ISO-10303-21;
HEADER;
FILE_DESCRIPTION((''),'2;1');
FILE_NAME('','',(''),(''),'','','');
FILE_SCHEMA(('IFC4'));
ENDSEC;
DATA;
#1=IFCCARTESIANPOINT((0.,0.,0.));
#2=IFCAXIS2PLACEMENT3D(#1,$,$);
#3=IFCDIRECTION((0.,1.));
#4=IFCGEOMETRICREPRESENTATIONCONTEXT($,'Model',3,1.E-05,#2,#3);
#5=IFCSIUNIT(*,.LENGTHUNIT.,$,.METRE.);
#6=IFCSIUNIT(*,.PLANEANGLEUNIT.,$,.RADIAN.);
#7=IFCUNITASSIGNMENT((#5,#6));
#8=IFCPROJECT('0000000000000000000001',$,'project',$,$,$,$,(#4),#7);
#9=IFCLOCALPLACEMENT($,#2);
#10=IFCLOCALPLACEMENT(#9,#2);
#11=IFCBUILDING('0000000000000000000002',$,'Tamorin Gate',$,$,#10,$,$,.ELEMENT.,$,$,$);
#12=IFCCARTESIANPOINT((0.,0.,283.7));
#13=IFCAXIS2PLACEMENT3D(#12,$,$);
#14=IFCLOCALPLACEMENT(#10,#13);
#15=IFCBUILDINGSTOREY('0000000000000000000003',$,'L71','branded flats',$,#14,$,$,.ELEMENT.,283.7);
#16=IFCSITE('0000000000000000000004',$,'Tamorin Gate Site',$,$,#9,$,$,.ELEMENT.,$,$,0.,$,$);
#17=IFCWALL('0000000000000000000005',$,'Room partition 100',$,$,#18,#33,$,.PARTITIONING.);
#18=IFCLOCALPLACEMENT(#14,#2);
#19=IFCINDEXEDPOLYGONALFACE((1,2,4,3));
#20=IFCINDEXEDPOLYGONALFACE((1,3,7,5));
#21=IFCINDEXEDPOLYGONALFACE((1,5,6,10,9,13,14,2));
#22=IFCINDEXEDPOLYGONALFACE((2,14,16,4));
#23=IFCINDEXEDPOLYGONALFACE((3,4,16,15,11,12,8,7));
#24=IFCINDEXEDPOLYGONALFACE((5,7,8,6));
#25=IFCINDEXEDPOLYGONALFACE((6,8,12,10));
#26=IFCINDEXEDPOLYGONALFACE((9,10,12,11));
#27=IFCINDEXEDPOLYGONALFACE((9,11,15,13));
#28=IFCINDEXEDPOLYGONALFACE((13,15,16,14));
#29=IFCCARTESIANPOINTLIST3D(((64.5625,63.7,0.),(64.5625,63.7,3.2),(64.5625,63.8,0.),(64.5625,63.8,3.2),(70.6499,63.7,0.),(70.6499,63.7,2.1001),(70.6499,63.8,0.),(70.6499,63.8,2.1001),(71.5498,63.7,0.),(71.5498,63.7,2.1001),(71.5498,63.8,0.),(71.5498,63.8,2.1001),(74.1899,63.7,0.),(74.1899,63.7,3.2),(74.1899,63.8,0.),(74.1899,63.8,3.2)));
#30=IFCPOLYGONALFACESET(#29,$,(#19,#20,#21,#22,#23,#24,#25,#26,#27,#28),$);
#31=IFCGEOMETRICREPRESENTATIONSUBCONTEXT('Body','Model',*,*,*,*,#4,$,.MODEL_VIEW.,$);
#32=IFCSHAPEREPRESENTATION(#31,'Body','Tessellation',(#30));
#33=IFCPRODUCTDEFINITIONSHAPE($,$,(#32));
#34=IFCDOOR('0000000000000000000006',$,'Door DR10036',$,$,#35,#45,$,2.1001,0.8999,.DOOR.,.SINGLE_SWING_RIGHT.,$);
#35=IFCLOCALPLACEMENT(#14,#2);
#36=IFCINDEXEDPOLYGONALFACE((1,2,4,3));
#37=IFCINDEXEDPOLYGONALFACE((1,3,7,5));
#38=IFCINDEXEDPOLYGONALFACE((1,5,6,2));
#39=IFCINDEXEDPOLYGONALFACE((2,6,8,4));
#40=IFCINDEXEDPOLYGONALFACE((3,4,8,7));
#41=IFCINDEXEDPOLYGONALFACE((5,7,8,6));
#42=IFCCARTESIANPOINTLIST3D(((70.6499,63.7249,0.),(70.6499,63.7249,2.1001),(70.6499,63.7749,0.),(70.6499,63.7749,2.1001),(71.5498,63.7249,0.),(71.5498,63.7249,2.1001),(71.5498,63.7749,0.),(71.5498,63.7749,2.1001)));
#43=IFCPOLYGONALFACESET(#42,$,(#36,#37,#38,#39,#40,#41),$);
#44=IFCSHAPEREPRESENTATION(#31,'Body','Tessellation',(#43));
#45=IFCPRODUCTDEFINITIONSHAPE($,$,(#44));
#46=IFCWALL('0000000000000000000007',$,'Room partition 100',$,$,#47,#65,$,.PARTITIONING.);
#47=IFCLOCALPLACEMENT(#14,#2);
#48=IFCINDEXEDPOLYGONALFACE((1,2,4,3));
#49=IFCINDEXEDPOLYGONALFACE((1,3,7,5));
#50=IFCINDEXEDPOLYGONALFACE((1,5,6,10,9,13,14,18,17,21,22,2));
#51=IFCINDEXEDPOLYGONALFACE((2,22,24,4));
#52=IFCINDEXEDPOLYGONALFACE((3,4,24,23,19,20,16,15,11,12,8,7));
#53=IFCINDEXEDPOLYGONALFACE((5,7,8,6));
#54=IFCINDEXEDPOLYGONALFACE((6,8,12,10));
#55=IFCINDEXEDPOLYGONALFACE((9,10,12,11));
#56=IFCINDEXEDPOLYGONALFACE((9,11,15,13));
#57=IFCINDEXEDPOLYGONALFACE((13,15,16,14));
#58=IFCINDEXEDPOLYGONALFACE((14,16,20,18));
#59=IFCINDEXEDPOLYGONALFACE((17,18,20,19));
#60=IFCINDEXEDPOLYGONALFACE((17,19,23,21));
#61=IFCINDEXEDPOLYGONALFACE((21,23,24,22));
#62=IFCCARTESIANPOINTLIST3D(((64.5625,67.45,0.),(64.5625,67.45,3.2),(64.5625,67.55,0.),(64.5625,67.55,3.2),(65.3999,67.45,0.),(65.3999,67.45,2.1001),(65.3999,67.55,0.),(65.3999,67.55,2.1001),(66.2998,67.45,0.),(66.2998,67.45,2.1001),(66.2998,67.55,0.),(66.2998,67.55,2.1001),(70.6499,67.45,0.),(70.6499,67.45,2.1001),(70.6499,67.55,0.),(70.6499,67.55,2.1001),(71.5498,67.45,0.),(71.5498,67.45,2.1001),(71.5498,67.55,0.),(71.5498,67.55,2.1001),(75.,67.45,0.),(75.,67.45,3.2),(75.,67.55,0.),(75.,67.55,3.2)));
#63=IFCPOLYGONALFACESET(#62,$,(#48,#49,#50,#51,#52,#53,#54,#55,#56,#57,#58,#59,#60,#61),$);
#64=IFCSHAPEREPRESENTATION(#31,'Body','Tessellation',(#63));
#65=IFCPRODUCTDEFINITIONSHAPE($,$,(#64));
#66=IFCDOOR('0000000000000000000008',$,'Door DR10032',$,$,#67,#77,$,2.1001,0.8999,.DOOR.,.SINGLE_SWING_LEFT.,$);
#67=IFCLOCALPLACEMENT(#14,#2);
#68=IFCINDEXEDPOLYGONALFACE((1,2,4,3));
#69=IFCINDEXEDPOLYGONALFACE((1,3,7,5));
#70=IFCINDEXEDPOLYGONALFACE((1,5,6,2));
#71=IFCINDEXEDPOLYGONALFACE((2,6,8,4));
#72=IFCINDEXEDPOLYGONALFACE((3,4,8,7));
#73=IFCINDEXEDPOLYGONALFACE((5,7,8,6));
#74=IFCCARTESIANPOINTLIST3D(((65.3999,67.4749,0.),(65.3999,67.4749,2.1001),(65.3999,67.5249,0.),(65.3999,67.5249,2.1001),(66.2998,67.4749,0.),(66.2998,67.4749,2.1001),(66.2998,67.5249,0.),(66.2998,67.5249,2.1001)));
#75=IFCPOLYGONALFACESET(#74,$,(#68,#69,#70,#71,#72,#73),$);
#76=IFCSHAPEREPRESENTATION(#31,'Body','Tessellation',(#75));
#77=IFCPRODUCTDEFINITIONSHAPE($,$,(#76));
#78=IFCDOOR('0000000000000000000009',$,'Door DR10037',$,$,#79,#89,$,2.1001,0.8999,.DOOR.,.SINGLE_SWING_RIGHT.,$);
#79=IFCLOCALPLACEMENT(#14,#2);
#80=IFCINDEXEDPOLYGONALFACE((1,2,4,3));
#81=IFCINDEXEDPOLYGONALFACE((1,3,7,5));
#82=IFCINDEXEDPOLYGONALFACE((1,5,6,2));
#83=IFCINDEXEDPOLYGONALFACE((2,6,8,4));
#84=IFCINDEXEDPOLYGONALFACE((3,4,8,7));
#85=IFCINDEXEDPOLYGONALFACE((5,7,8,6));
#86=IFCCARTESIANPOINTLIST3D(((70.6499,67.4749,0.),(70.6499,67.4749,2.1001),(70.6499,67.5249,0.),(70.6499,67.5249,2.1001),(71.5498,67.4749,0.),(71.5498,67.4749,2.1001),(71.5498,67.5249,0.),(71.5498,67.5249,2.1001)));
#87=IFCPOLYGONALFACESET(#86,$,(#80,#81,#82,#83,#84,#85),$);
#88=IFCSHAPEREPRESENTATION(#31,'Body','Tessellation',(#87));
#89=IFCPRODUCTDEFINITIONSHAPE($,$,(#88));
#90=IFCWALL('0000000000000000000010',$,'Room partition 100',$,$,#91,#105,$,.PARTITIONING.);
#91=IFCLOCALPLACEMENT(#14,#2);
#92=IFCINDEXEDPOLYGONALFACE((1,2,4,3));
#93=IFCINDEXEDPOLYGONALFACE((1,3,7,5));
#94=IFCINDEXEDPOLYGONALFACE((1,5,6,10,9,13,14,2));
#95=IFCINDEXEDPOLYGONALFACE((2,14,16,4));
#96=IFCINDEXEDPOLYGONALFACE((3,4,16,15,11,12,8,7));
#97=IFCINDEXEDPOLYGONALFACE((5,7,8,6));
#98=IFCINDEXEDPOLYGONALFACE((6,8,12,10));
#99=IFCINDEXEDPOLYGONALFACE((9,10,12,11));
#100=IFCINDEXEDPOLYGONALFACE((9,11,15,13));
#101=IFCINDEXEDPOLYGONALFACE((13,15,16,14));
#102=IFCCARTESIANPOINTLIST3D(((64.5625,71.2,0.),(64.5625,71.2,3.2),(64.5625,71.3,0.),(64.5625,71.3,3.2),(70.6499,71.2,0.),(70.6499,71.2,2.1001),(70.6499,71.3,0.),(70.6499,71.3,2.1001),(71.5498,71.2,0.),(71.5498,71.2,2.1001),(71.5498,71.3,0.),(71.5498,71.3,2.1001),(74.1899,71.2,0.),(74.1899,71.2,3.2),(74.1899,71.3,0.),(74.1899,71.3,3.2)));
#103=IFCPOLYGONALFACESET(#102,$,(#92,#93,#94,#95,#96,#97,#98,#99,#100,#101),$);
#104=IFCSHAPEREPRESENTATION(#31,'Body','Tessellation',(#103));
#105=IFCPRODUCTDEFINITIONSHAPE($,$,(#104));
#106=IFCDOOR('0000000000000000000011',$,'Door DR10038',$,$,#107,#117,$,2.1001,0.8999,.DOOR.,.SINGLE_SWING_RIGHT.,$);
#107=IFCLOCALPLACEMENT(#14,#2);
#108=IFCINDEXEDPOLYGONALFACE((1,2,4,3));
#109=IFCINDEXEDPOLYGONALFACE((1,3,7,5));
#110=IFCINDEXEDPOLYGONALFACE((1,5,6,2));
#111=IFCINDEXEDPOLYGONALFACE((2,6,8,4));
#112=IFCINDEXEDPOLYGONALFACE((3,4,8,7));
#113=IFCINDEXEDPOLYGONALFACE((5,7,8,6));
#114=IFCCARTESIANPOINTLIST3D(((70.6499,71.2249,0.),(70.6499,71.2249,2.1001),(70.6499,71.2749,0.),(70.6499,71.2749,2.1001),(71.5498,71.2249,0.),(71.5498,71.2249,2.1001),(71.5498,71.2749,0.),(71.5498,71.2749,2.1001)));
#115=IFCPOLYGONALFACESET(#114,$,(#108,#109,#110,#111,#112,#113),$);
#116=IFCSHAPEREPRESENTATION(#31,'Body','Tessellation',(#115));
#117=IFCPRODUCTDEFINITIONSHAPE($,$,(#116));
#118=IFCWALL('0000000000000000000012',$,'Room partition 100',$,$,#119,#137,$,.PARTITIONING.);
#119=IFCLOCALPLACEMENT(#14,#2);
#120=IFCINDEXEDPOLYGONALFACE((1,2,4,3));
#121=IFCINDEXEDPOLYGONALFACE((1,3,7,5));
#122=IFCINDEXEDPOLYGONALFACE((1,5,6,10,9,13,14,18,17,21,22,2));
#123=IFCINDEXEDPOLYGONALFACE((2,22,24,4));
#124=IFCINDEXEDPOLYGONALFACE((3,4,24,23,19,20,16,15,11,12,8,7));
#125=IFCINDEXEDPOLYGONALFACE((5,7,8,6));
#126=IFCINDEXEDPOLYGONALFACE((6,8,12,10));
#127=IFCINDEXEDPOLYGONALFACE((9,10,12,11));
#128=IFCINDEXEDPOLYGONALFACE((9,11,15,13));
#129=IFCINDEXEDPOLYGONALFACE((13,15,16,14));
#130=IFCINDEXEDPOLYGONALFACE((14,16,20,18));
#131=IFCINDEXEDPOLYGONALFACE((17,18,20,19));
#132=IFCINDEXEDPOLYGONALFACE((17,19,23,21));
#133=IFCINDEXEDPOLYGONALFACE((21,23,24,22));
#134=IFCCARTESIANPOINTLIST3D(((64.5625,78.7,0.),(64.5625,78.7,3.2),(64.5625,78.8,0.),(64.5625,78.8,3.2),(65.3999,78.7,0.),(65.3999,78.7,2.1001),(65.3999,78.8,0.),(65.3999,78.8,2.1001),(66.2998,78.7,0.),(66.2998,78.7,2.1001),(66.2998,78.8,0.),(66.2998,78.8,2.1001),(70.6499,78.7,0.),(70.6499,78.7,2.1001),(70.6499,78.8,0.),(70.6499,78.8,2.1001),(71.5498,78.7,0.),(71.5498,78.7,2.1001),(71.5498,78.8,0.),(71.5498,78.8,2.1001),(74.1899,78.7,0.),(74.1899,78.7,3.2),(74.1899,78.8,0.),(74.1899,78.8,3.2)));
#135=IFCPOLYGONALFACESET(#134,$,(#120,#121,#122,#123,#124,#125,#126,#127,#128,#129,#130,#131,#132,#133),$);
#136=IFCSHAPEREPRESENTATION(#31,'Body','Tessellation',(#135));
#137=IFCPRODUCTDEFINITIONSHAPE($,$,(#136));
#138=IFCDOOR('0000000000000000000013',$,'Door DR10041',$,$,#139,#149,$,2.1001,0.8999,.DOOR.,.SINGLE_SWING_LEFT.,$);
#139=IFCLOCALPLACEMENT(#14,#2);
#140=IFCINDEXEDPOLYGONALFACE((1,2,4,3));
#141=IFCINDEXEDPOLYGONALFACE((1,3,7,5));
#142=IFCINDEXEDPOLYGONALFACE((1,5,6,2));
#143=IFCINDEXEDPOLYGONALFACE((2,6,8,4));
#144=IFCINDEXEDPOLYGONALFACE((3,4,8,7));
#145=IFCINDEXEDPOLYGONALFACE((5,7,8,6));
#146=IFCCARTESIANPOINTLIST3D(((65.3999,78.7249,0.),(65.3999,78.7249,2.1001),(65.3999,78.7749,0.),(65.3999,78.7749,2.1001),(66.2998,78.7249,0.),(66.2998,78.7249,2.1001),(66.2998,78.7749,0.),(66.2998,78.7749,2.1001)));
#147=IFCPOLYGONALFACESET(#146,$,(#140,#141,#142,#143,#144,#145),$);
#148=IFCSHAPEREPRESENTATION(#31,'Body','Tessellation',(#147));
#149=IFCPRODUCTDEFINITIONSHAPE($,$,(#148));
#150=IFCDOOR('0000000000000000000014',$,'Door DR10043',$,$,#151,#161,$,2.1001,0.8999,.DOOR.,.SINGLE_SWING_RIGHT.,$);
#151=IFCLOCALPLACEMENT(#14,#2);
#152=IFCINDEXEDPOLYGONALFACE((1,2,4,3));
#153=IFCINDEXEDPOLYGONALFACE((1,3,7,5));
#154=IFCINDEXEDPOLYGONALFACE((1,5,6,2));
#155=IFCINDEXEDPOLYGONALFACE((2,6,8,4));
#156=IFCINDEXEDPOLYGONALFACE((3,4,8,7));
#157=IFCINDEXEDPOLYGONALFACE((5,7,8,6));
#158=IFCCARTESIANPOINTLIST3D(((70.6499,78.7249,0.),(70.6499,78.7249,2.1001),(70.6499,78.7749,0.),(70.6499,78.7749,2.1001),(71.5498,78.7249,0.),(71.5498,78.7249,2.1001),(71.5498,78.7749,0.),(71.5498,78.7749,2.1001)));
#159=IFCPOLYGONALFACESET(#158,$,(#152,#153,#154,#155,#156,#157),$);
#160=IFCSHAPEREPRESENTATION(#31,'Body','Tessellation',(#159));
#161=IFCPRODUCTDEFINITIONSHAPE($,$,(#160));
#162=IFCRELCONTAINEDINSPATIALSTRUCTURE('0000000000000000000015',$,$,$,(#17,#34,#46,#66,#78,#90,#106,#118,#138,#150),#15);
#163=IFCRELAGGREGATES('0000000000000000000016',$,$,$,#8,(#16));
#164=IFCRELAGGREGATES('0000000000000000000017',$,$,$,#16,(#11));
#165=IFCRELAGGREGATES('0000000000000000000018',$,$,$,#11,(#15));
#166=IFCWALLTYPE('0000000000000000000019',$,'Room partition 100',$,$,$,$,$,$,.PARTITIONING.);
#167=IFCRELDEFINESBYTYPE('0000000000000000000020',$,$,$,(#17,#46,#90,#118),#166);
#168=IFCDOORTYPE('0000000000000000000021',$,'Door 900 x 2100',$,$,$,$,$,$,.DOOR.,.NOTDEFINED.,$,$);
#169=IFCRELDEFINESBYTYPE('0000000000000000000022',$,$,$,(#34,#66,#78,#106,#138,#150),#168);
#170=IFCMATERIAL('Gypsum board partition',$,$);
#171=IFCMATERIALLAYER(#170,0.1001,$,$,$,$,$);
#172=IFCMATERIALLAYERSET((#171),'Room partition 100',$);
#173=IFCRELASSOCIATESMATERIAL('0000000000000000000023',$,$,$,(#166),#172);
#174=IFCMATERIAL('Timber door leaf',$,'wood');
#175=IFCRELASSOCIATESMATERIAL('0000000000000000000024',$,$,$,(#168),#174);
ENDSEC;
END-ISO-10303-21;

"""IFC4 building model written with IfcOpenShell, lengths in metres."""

from ifc_helpers import new_model, si_unit, direction, frame, frame_2d, origin, place, context, subcontext, project, spatial, rectangle, extrude, material, layer, layer_set, type_object, element, fill, save


model = new_model("IFC4")

# Units and contexts
model_context = context("Model", 3, precision=1e-05, world=origin(), true_north=direction((0.0, 1.0)))
body_context = subcontext(model_context, "Body", "Model", "MODEL_VIEW")
ifc_project = project(units=[si_unit("LENGTHUNIT", "METRE"), si_unit("PLANEANGLEUNIT", "RADIAN")], contexts=[model_context])

# Site, building, storey
site_placement = place(None, origin())
site = spatial("IfcSite", under=ifc_project, at=site_placement, Name="Tamorin Gate Site", CompositionType="ELEMENT", RefElevation=0.0)
building_placement = place(site_placement, origin())
building = spatial("IfcBuilding", under=site, at=building_placement, Name="Tamorin Gate", CompositionType="ELEMENT")
storey_placement = place(building_placement, frame((0.0, 0.0, 283.7)))
storey = spatial("IfcBuildingStorey", under=building, at=storey_placement, Name="L71", Description="branded flats", CompositionType="ELEMENT", Elevation=283.7)

# Wall, opening, door
ifc_material_1 = material(Name="Gypsum board partition")
ifc_layer_1 = layer(ifc_material_1, 0.1001)
ifc_layer_set_1 = layer_set([ifc_layer_1], Name="Room partition 100")
wall_type_1 = type_object("IfcWallType", Name="Room partition 100", PredefinedType="PARTITIONING", material=ifc_layer_set_1)
wall_1_placement = place(storey_placement, frame((64.5625, 63.75, 0.0), z_axis=(0.0, 0.0, 1.0), x_axis=(1.0, 0.0, 0.0)))
wall_1 = element("IfcWall", 1, at=wall_1_placement, inside=storey, type_object=wall_type_1, Name="Room partition 100", PredefinedType="PARTITIONING", context=body_context, shape_type="SweptSolid", body=[
    extrude(rectangle(XDim=9.6274, YDim=0.1001, at=frame_2d((4.8137, 0.0))), origin(), (0.0, 0.0, 1.0), 3.2),
])
opening_1_placement = place(wall_1_placement, frame((6.0874, 0.0, 0.0)))
opening_1 = element("IfcOpeningElement", 2, at=opening_1_placement, cuts=wall_1, PredefinedType="OPENING", context=body_context, shape_type="SweptSolid", body=[
    extrude(rectangle(XDim=0.8999, YDim=2.1001, at=frame_2d((0.45, 1.05))), frame((0.0, 0.0601, 0.0), z_axis=(0.0, -1.0, 0.0), x_axis=(1.0, 0.0, 0.0)), (0.0, 0.0, 1.0), 0.1201),
])
ifc_material_2 = material(Name="Timber door leaf", Category="wood")
door_type = type_object("IfcDoorType", Name="Door 900 x 2100", OperationType="NOTDEFINED", PredefinedType="DOOR", material=ifc_material_2)
door_1_placement = place(opening_1_placement, origin())
door_1 = element("IfcDoor", 3, at=door_1_placement, inside=storey, type_object=door_type, Name="Door DR10036", OperationType="SINGLE_SWING_RIGHT", OverallHeight=2.1001, OverallWidth=0.8999, PredefinedType="DOOR", context=body_context, shape_type="SweptSolid", body=[
    extrude(rectangle(XDim=0.8999, YDim=2.1001, at=frame_2d((0.45, 1.05))), frame((0.0, 0.0249, 0.0), z_axis=(0.0, -1.0, 0.0), x_axis=(1.0, 0.0, 0.0)), (0.0, 0.0, 1.0), 0.05),
])
fill(opening_1, door_1)

# Wall, openings, doors
wall_2_placement = place(storey_placement, frame((64.5625, 67.5, 0.0), z_axis=(0.0, 0.0, 1.0), x_axis=(1.0, 0.0, 0.0)))
wall_2 = element("IfcWall", 4, at=wall_2_placement, inside=storey, type_object=wall_type_1, Name="Room partition 100", PredefinedType="PARTITIONING", context=body_context, shape_type="SweptSolid", body=[
    extrude(rectangle(XDim=10.4375, YDim=0.1001, at=frame_2d((5.2188, 0.0))), origin(), (0.0, 0.0, 1.0), 3.2),
])
opening_2_placement = place(wall_2_placement, frame((0.8374, 0.0, 0.0)))
opening_2 = element("IfcOpeningElement", 5, at=opening_2_placement, cuts=wall_2, PredefinedType="OPENING", context=body_context, shape_type="SweptSolid", body=[
    extrude(rectangle(XDim=0.8999, YDim=2.1001, at=frame_2d((0.45, 1.05))), frame((0.0, 0.0601, 0.0), z_axis=(0.0, -1.0, 0.0), x_axis=(1.0, 0.0, 0.0)), (0.0, 0.0, 1.0), 0.1201),
])
opening_3_placement = place(wall_2_placement, frame((6.0874, 0.0, 0.0)))
opening_3 = element("IfcOpeningElement", 6, at=opening_3_placement, cuts=wall_2, PredefinedType="OPENING", context=body_context, shape_type="SweptSolid", body=[
    extrude(rectangle(XDim=0.8999, YDim=2.1001, at=frame_2d((0.45, 1.05))), frame((0.0, 0.0601, 0.0), z_axis=(0.0, -1.0, 0.0), x_axis=(1.0, 0.0, 0.0)), (0.0, 0.0, 1.0), 0.1201),
])
door_2_placement = place(opening_2_placement, origin())
door_2 = element("IfcDoor", 7, at=door_2_placement, inside=storey, type_object=door_type, Name="Door DR10032", OperationType="SINGLE_SWING_LEFT", OverallHeight=2.1001, OverallWidth=0.8999, PredefinedType="DOOR", context=body_context, shape_type="SweptSolid", body=[
    extrude(rectangle(XDim=0.8999, YDim=2.1001, at=frame_2d((0.45, 1.05))), frame((0.0, 0.0249, 0.0), z_axis=(0.0, -1.0, 0.0), x_axis=(1.0, 0.0, 0.0)), (0.0, 0.0, 1.0), 0.05),
])
fill(opening_2, door_2)
door_3_placement = place(opening_3_placement, origin())
door_3 = element("IfcDoor", 8, at=door_3_placement, inside=storey, type_object=door_type, Name="Door DR10037", OperationType="SINGLE_SWING_RIGHT", OverallHeight=2.1001, OverallWidth=0.8999, PredefinedType="DOOR", context=body_context, shape_type="SweptSolid", body=[
    extrude(rectangle(XDim=0.8999, YDim=2.1001, at=frame_2d((0.45, 1.05))), frame((0.0, 0.0249, 0.0), z_axis=(0.0, -1.0, 0.0), x_axis=(1.0, 0.0, 0.0)), (0.0, 0.0, 1.0), 0.05),
])
fill(opening_3, door_3)

# Wall, opening, door
wall_3_placement = place(storey_placement, frame((64.5625, 71.25, 0.0), z_axis=(0.0, 0.0, 1.0), x_axis=(1.0, 0.0, 0.0)))
wall_3 = element("IfcWall", 9, at=wall_3_placement, inside=storey, type_object=wall_type_1, Name="Room partition 100", PredefinedType="PARTITIONING", context=body_context, shape_type="SweptSolid", body=[
    extrude(rectangle(XDim=9.6274, YDim=0.1001, at=frame_2d((4.8137, 0.0))), origin(), (0.0, 0.0, 1.0), 3.2),
])
opening_4_placement = place(wall_3_placement, frame((6.0874, 0.0, 0.0)))
opening_4 = element("IfcOpeningElement", 10, at=opening_4_placement, cuts=wall_3, PredefinedType="OPENING", context=body_context, shape_type="SweptSolid", body=[
    extrude(rectangle(XDim=0.8999, YDim=2.1001, at=frame_2d((0.45, 1.05))), frame((0.0, 0.0601, 0.0), z_axis=(0.0, -1.0, 0.0), x_axis=(1.0, 0.0, 0.0)), (0.0, 0.0, 1.0), 0.1201),
])
door_4_placement = place(opening_4_placement, origin())
door_4 = element("IfcDoor", 11, at=door_4_placement, inside=storey, type_object=door_type, Name="Door DR10038", OperationType="SINGLE_SWING_RIGHT", OverallHeight=2.1001, OverallWidth=0.8999, PredefinedType="DOOR", context=body_context, shape_type="SweptSolid", body=[
    extrude(rectangle(XDim=0.8999, YDim=2.1001, at=frame_2d((0.45, 1.05))), frame((0.0, 0.0249, 0.0), z_axis=(0.0, -1.0, 0.0), x_axis=(1.0, 0.0, 0.0)), (0.0, 0.0, 1.0), 0.05),
])
fill(opening_4, door_4)

# Wall, openings, doors
wall_4_placement = place(storey_placement, frame((64.5625, 78.75, 0.0), z_axis=(0.0, 0.0, 1.0), x_axis=(1.0, 0.0, 0.0)))
wall_4 = element("IfcWall", 12, at=wall_4_placement, inside=storey, type_object=wall_type_1, Name="Room partition 100", PredefinedType="PARTITIONING", context=body_context, shape_type="SweptSolid", body=[
    extrude(rectangle(XDim=9.6274, YDim=0.1001, at=frame_2d((4.8137, 0.0))), origin(), (0.0, 0.0, 1.0), 3.2),
])
opening_5_placement = place(wall_4_placement, frame((0.8374, 0.0, 0.0)))
opening_5 = element("IfcOpeningElement", 13, at=opening_5_placement, cuts=wall_4, PredefinedType="OPENING", context=body_context, shape_type="SweptSolid", body=[
    extrude(rectangle(XDim=0.8999, YDim=2.1001, at=frame_2d((0.45, 1.05))), frame((0.0, 0.0601, 0.0), z_axis=(0.0, -1.0, 0.0), x_axis=(1.0, 0.0, 0.0)), (0.0, 0.0, 1.0), 0.1201),
])
opening_6_placement = place(wall_4_placement, frame((6.0874, 0.0, 0.0)))
opening_6 = element("IfcOpeningElement", 14, at=opening_6_placement, cuts=wall_4, PredefinedType="OPENING", context=body_context, shape_type="SweptSolid", body=[
    extrude(rectangle(XDim=0.8999, YDim=2.1001, at=frame_2d((0.45, 1.05))), frame((0.0, 0.0601, 0.0), z_axis=(0.0, -1.0, 0.0), x_axis=(1.0, 0.0, 0.0)), (0.0, 0.0, 1.0), 0.1201),
])
door_5_placement = place(opening_5_placement, origin())
door_5 = element("IfcDoor", 15, at=door_5_placement, inside=storey, type_object=door_type, Name="Door DR10041", OperationType="SINGLE_SWING_LEFT", OverallHeight=2.1001, OverallWidth=0.8999, PredefinedType="DOOR", context=body_context, shape_type="SweptSolid", body=[
    extrude(rectangle(XDim=0.8999, YDim=2.1001, at=frame_2d((0.45, 1.05))), frame((0.0, 0.0249, 0.0), z_axis=(0.0, -1.0, 0.0), x_axis=(1.0, 0.0, 0.0)), (0.0, 0.0, 1.0), 0.05),
])
fill(opening_5, door_5)
door_6_placement = place(opening_6_placement, origin())
door_6 = element("IfcDoor", 16, at=door_6_placement, inside=storey, type_object=door_type, Name="Door DR10043", OperationType="SINGLE_SWING_RIGHT", OverallHeight=2.1001, OverallWidth=0.8999, PredefinedType="DOOR", context=body_context, shape_type="SweptSolid", body=[
    extrude(rectangle(XDim=0.8999, YDim=2.1001, at=frame_2d((0.45, 1.05))), frame((0.0, 0.0249, 0.0), z_axis=(0.0, -1.0, 0.0), x_axis=(1.0, 0.0, 0.0)), (0.0, 0.0, 1.0), 0.05),
])
fill(opening_6, door_6)

save(model, "model.ifc")
